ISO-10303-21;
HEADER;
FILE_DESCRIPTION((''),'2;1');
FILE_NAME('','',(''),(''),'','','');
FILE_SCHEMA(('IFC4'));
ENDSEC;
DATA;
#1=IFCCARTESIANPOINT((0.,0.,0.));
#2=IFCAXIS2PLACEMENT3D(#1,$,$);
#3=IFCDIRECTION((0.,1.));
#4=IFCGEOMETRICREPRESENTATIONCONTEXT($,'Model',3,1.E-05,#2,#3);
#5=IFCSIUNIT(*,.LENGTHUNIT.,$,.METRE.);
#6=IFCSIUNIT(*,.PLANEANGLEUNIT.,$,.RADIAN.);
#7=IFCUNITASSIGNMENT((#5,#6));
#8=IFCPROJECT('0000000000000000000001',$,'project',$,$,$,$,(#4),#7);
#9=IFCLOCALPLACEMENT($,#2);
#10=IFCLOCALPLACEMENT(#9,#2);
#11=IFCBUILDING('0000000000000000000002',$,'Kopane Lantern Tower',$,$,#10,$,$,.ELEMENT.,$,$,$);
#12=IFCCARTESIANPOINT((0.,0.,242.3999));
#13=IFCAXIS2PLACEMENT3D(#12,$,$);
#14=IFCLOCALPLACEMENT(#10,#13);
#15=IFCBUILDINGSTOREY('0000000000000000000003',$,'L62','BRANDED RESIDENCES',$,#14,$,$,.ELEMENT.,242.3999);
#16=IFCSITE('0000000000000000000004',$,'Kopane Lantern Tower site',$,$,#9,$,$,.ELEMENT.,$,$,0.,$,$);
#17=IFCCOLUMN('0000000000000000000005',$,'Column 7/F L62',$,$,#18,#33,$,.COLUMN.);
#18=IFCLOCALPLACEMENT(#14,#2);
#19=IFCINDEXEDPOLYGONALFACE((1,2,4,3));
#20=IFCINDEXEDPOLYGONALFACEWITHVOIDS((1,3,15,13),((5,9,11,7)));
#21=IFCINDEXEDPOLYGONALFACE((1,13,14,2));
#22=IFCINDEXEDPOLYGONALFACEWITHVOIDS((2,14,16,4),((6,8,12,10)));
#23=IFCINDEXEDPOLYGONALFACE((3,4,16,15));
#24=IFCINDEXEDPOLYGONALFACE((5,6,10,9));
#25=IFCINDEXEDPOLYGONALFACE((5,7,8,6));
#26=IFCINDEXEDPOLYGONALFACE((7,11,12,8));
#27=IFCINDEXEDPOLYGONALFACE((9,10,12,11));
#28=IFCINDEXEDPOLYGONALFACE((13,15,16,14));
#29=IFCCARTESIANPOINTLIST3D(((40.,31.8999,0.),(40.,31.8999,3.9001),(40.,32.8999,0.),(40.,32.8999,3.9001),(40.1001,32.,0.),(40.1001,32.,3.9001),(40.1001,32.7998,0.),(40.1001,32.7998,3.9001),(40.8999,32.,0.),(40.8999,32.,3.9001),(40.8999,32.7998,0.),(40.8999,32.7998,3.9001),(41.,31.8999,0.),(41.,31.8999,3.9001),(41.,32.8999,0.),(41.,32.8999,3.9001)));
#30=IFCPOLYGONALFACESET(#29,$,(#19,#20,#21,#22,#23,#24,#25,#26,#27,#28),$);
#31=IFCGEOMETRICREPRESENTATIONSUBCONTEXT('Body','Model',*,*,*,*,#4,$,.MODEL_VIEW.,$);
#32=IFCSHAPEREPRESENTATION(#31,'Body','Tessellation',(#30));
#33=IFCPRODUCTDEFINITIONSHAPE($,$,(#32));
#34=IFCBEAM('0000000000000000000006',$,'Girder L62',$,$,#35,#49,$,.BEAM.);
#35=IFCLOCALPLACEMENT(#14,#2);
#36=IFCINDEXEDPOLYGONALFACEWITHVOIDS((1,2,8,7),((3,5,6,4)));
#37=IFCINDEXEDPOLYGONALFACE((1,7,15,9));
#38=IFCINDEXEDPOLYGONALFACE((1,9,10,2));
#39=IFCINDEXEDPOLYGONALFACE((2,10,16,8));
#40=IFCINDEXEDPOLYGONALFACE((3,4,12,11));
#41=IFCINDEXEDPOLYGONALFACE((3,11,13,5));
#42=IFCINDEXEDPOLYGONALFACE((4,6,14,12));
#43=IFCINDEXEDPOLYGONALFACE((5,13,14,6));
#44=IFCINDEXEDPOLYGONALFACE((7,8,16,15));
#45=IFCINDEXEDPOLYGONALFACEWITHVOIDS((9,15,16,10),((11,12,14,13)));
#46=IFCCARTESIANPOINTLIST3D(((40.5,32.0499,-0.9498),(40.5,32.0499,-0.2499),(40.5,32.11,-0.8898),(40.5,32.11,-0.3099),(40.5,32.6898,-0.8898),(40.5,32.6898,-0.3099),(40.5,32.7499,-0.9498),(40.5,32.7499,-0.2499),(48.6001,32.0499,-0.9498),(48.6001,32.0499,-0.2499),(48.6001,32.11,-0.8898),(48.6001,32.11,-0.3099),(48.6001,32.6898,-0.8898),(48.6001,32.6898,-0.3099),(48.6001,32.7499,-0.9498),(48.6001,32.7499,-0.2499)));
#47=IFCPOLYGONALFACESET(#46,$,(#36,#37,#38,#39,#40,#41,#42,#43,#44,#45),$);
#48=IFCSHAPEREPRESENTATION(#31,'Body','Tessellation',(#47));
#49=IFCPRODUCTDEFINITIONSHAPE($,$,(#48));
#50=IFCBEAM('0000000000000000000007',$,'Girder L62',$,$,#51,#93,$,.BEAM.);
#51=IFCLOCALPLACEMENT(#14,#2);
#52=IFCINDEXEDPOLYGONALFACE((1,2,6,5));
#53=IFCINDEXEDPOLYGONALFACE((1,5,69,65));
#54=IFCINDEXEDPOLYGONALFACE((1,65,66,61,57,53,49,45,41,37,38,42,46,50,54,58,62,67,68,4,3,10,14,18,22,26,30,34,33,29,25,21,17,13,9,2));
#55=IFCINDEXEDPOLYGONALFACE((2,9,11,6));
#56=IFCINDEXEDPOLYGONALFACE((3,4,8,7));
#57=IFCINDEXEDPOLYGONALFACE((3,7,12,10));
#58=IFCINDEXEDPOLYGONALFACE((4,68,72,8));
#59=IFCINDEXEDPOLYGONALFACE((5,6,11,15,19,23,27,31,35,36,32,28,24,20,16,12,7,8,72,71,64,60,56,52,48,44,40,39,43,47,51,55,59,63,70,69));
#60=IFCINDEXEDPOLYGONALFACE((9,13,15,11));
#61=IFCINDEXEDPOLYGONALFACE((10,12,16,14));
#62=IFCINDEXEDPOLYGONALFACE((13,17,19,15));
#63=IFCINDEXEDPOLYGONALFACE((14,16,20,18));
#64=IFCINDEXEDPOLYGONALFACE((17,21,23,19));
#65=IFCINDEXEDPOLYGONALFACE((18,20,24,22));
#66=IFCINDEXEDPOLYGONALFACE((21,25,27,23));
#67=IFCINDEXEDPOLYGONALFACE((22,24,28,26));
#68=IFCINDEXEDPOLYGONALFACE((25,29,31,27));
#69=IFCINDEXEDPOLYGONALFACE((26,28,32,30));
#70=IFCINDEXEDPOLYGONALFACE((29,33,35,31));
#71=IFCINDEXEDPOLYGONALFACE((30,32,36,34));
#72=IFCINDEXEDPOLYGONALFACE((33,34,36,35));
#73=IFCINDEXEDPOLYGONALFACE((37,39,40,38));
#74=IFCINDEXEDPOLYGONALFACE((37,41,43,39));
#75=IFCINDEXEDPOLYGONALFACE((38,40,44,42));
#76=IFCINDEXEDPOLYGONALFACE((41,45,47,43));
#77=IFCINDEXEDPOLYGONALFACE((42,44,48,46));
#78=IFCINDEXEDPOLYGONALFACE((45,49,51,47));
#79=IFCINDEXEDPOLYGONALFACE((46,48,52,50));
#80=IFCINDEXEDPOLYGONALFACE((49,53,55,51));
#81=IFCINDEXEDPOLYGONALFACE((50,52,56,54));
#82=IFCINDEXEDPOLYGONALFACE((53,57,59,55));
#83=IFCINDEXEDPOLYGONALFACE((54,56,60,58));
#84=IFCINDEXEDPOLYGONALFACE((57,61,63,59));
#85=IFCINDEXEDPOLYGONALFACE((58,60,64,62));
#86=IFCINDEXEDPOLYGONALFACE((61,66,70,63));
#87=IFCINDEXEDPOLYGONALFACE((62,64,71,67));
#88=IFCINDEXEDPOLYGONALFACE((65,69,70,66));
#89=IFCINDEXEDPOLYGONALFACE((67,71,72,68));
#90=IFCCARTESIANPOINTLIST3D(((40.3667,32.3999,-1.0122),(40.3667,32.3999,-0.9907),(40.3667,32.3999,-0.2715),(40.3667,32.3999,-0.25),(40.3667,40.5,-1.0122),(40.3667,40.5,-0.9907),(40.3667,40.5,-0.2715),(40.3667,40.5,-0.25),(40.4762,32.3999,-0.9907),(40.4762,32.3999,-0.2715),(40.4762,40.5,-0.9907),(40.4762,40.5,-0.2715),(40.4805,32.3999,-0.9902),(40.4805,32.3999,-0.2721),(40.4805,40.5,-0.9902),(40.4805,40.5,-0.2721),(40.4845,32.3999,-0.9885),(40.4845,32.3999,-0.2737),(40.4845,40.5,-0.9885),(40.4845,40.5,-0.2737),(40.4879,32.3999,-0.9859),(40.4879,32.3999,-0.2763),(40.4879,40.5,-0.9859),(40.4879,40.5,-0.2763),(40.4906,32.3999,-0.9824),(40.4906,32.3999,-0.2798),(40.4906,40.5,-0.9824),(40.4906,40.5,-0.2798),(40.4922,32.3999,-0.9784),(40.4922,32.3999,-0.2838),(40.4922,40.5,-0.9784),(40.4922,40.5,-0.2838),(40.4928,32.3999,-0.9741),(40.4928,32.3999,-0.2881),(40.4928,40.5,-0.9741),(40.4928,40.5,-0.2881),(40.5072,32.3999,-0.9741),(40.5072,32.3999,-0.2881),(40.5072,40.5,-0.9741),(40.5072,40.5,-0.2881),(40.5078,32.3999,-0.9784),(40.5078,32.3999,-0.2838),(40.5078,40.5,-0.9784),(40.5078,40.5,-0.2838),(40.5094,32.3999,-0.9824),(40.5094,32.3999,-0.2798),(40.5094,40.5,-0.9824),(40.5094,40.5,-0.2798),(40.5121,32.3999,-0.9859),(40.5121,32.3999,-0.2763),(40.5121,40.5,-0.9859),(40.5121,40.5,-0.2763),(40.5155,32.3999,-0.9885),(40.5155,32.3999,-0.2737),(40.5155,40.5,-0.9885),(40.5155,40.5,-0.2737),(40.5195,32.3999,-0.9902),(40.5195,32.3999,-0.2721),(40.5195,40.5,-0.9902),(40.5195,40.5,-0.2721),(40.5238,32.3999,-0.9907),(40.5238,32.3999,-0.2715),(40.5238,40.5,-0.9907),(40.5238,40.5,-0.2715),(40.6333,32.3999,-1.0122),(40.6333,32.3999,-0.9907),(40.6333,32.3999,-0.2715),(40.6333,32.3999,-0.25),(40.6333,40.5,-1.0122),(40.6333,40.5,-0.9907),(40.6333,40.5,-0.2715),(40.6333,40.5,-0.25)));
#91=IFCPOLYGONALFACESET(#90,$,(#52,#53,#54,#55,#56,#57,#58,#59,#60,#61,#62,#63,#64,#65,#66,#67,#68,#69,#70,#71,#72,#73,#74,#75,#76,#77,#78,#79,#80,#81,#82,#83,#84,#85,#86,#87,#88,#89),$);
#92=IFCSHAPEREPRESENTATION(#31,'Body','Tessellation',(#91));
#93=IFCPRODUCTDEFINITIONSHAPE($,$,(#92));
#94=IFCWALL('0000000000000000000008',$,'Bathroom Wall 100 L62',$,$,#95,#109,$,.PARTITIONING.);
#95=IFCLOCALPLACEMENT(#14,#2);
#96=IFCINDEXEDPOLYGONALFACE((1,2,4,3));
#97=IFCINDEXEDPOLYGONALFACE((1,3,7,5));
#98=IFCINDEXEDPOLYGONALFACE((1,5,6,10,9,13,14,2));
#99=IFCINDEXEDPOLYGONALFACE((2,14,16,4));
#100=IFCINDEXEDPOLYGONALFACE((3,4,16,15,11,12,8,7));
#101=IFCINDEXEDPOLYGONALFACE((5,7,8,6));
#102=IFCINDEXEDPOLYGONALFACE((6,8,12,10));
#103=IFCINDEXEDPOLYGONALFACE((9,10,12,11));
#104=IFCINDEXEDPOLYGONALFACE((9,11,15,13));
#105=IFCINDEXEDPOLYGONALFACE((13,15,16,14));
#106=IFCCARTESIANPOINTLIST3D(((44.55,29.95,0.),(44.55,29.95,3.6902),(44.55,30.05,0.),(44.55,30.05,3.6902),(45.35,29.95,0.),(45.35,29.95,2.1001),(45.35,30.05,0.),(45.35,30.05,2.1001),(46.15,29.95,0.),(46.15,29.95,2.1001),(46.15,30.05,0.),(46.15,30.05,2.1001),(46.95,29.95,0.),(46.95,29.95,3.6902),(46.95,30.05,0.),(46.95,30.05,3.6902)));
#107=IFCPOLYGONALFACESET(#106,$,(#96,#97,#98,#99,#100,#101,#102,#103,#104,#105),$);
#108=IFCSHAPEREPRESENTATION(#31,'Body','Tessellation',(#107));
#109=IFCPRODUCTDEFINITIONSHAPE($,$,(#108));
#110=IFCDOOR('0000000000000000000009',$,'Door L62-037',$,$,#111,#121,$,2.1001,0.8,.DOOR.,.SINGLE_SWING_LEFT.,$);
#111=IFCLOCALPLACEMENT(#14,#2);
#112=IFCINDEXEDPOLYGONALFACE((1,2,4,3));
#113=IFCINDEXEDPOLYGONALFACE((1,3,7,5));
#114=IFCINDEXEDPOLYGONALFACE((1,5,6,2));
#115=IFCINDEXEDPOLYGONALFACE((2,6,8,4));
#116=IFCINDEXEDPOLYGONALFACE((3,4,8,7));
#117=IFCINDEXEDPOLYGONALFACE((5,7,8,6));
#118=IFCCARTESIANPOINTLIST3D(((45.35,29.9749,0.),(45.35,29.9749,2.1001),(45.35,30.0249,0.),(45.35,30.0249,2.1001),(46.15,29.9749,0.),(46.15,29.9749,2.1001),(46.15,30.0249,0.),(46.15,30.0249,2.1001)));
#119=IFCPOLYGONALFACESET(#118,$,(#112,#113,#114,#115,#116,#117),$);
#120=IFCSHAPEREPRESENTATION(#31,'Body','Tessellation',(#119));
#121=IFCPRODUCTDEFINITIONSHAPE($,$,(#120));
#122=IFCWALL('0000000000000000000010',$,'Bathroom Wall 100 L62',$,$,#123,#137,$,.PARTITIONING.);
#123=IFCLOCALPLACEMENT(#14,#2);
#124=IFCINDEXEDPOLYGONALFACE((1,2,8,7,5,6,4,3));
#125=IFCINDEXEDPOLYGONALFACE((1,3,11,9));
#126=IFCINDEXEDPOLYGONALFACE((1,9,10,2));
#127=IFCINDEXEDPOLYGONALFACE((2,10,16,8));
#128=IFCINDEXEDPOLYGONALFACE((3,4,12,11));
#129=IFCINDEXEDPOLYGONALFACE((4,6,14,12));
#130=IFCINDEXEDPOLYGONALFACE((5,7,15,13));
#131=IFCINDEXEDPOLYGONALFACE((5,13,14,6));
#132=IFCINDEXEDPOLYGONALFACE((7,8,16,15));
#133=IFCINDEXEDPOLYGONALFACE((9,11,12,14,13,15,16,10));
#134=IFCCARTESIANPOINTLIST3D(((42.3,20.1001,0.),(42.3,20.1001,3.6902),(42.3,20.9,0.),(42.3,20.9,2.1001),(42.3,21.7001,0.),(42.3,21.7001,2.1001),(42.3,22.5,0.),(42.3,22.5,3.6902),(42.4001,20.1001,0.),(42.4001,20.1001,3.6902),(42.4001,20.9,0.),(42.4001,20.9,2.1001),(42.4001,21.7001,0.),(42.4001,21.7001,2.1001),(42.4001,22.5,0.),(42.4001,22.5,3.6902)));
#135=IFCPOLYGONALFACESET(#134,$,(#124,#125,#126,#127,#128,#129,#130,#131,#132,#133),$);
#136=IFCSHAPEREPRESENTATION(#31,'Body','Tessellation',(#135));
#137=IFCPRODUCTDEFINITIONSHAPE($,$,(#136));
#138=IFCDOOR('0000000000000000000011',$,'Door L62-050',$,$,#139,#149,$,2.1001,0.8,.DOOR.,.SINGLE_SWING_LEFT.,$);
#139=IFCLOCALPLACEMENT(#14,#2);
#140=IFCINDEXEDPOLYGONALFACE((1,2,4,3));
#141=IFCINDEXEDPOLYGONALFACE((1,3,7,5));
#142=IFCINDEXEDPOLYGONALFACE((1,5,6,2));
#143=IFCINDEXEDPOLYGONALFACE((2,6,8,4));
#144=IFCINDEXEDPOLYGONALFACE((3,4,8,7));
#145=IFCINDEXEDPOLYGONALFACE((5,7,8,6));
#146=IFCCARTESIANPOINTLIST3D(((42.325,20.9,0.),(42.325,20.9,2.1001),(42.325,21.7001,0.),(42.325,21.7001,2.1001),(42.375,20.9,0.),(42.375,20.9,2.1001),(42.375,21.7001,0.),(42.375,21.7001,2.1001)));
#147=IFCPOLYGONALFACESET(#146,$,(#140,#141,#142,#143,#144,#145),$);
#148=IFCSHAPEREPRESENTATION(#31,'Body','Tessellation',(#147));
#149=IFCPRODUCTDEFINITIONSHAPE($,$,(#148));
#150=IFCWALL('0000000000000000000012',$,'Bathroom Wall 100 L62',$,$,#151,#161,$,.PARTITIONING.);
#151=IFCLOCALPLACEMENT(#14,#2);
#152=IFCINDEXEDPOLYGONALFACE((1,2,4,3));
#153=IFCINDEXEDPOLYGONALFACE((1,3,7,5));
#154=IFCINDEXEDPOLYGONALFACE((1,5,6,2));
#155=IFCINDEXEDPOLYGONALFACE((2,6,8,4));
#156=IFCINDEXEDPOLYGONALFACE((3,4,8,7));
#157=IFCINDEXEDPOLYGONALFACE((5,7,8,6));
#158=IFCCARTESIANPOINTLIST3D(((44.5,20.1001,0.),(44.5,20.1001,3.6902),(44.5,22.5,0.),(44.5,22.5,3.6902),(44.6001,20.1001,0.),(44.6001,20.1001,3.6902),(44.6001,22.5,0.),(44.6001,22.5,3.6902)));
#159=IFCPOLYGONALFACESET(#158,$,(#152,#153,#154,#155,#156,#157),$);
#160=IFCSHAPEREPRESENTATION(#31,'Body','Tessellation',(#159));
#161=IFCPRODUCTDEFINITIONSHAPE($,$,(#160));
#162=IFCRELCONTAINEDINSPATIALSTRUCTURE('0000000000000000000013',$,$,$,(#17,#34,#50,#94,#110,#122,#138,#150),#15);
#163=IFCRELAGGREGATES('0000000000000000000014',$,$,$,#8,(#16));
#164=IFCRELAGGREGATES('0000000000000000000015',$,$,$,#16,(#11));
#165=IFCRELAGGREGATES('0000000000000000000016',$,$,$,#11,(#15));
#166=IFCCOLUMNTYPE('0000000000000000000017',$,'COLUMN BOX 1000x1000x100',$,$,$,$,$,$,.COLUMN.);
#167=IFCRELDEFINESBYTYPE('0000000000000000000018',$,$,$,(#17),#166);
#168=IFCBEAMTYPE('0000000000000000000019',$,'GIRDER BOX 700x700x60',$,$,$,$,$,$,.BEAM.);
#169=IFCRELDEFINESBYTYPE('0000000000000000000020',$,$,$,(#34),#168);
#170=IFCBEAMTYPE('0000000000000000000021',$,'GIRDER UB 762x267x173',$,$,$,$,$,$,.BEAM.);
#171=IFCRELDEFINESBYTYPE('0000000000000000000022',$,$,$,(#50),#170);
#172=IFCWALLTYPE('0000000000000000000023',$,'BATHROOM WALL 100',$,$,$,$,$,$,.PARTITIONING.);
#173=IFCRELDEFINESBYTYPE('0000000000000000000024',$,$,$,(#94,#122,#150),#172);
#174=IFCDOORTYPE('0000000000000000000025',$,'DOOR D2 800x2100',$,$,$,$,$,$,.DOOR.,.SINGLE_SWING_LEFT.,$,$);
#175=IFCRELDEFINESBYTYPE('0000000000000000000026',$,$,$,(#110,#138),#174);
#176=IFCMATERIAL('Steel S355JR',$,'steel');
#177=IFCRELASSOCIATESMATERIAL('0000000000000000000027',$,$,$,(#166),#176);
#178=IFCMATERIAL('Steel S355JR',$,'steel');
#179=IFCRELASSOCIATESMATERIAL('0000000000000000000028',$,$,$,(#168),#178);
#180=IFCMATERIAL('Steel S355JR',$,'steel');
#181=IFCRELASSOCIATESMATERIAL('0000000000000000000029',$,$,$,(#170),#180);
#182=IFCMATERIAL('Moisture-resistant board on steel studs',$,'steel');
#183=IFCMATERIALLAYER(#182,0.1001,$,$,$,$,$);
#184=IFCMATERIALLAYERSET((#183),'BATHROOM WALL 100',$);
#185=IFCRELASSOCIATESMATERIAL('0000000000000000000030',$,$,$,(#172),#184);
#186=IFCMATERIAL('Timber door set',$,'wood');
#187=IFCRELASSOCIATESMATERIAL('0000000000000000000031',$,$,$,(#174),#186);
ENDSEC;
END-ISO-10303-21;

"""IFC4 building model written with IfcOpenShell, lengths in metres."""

from ifc_helpers import new_model, si_unit, direction, frame, frame_2d, origin, origin_2d, place, context, subcontext, project, spatial, rectangle, hollow_rectangle, i_section, extrude, material, layer, layer_set, material_profile, profile_set, type_object, element, fill, save


model = new_model("IFC4")

# Units and contexts
model_context = context("Model", 3, precision=1e-05, world=origin(), true_north=direction((0.0, 1.0)))
body_context = subcontext(model_context, "Body", "Model", "MODEL_VIEW")
ifc_project = project(units=[si_unit("LENGTHUNIT", "METRE"), si_unit("PLANEANGLEUNIT", "RADIAN")], contexts=[model_context])

# Site, building, storey
site_placement = place(None, origin())
site = spatial("IfcSite", under=ifc_project, at=site_placement, Name="Kopane Lantern Tower site", CompositionType="ELEMENT", RefElevation=0.0)
building_placement = place(site_placement, origin())
building = spatial("IfcBuilding", under=site, at=building_placement, Name="Kopane Lantern Tower", CompositionType="ELEMENT")
storey_placement = place(building_placement, frame((0.0, 0.0, 242.3999)))
storey = spatial("IfcBuildingStorey", under=building, at=storey_placement, Name="L62", Description="BRANDED RESIDENCES", CompositionType="ELEMENT", Elevation=242.3999)

# Column
ifc_material_1 = material(Name="Steel S355JR", Category="steel")
ifc_material_profile_1 = material_profile(ifc_material_1, hollow_rectangle(XDim=1.0, YDim=1.0, WallThickness=0.1001, at=origin_2d()), Name="BOX 1000x1000x100")
ifc_profile_set_1 = profile_set([ifc_material_profile_1], Name="Steel S355JR")
column_type = type_object("IfcColumnType", Name="COLUMN BOX 1000x1000x100", PredefinedType="COLUMN", material=ifc_profile_set_1)
column_placement = place(storey_placement, frame((40.5, 32.3999, 0.0), z_axis=(0.0, 0.0, 1.0), x_axis=(1.0, 0.0, 0.0)))
element("IfcColumn", 1, at=column_placement, inside=storey, type_object=column_type, Name="Column 7/F L62", PredefinedType="COLUMN", context=body_context, shape_type="SweptSolid", body=[
    extrude(hollow_rectangle(XDim=1.0, YDim=1.0, WallThickness=0.1001, at=origin_2d()), origin(), (0.0, 0.0, 1.0), 3.9001),
])

# Beams
ifc_material_2 = material(Name="Steel S355JR", Category="steel")
ifc_material_profile_2 = material_profile(ifc_material_2, hollow_rectangle(XDim=0.7, YDim=0.7, WallThickness=0.0601, at=origin_2d()), Name="BOX 700x700x60")
ifc_profile_set_2 = profile_set([ifc_material_profile_2], Name="Steel S355JR")
beam_type_1 = type_object("IfcBeamType", Name="GIRDER BOX 700x700x60", PredefinedType="BEAM", material=ifc_profile_set_2)
beam_1_placement = place(storey_placement, frame((40.5, 32.3999, -0.5999), z_axis=(1.0, 0.0, 0.0), x_axis=(0.0, 1.0, 0.0)))
element("IfcBeam", 2, at=beam_1_placement, inside=storey, type_object=beam_type_1, Name="Girder L62", PredefinedType="BEAM", context=body_context, shape_type="SweptSolid", body=[
    extrude(hollow_rectangle(XDim=0.7, YDim=0.7, WallThickness=0.0601, at=origin_2d()), origin(), (0.0, 0.0, 1.0), 8.1001),
])
ifc_material_3 = material(Name="Steel S355JR", Category="steel")
ifc_material_profile_3 = material_profile(ifc_material_3, i_section(OverallWidth=0.2666, OverallDepth=0.7622, WebThickness=0.0144, FlangeThickness=0.0215, FilletRadius=0.0166, at=origin_2d()), Name="UB 762x267x173")
ifc_profile_set_3 = profile_set([ifc_material_profile_3], Name="Steel S355JR")
beam_type_2 = type_object("IfcBeamType", Name="GIRDER UB 762x267x173", PredefinedType="BEAM", material=ifc_profile_set_3)
beam_2_placement = place(storey_placement, frame((40.5, 32.3999, -0.6311), z_axis=(0.0, 1.0, 0.0), x_axis=(-1.0, 0.0, 0.0)))
element("IfcBeam", 3, at=beam_2_placement, inside=storey, type_object=beam_type_2, Name="Girder L62", PredefinedType="BEAM", context=body_context, shape_type="SweptSolid", body=[
    extrude(i_section(OverallWidth=0.2666, OverallDepth=0.7622, WebThickness=0.0144, FlangeThickness=0.0215, FilletRadius=0.0166, at=origin_2d()), origin(), (0.0, 0.0, 1.0), 8.1001),
])

# Walls, openings, doors
ifc_material_4 = material(Name="Moisture-resistant board on steel studs", Category="steel")
ifc_layer_1 = layer(ifc_material_4, 0.1001)
ifc_layer_set_1 = layer_set([ifc_layer_1], Name="BATHROOM WALL 100")
wall_type_1 = type_object("IfcWallType", Name="BATHROOM WALL 100", PredefinedType="PARTITIONING", material=ifc_layer_set_1)
wall_1_placement = place(storey_placement, frame((44.55, 30.0, 0.0), z_axis=(0.0, 0.0, 1.0), x_axis=(1.0, 0.0, 0.0)))
wall_1 = element("IfcWall", 4, at=wall_1_placement, inside=storey, type_object=wall_type_1, Name="Bathroom Wall 100 L62", PredefinedType="PARTITIONING", context=body_context, shape_type="SweptSolid", body=[
    extrude(rectangle(XDim=2.3999, YDim=0.1001, at=frame_2d((1.2, 0.0))), origin(), (0.0, 0.0, 1.0), 3.6902),
])
opening_1_placement = place(wall_1_placement, frame((0.8, 0.0, 0.0)))
opening_1 = element("IfcOpeningElement", 5, at=opening_1_placement, cuts=wall_1, PredefinedType="OPENING", context=body_context, shape_type="SweptSolid", body=[
    extrude(rectangle(XDim=0.8, YDim=2.1001, at=frame_2d((0.3999, 1.05))), frame((0.0, 0.0601, 0.0), z_axis=(0.0, -1.0, 0.0), x_axis=(1.0, 0.0, 0.0)), (0.0, 0.0, 1.0), 0.1201),
])
ifc_material_5 = material(Name="Timber door set", Category="wood")
door_type_1 = type_object("IfcDoorType", Name="DOOR D2 800x2100", OperationType="SINGLE_SWING_LEFT", PredefinedType="DOOR", material=ifc_material_5)
door_1_placement = place(opening_1_placement, origin())
door_1 = element("IfcDoor", 6, at=door_1_placement, inside=storey, type_object=door_type_1, Name="Door L62-037", OperationType="SINGLE_SWING_LEFT", OverallHeight=2.1001, OverallWidth=0.8, PredefinedType="DOOR", context=body_context, shape_type="SweptSolid", body=[
    extrude(rectangle(XDim=0.8, YDim=2.1001, at=frame_2d((0.3999, 1.05))), frame((0.0, 0.0249, 0.0), z_axis=(0.0, -1.0, 0.0), x_axis=(1.0, 0.0, 0.0)), (0.0, 0.0, 1.0), 0.05),
])
fill(opening_1, door_1)
wall_2_placement = place(storey_placement, frame((42.3501, 22.5, 0.0), z_axis=(0.0, 0.0, 1.0), x_axis=(0.0, -1.0, 0.0)))
wall_2 = element("IfcWall", 7, at=wall_2_placement, inside=storey, type_object=wall_type_1, Name="Bathroom Wall 100 L62", PredefinedType="PARTITIONING", context=body_context, shape_type="SweptSolid", body=[
    extrude(rectangle(XDim=2.3999, YDim=0.1001, at=frame_2d((1.2, 0.0))), origin(), (0.0, 0.0, 1.0), 3.6902),
])
opening_2_placement = place(wall_2_placement, frame((0.8, 0.0, 0.0)))
opening_2 = element("IfcOpeningElement", 8, at=opening_2_placement, cuts=wall_2, PredefinedType="OPENING", context=body_context, shape_type="SweptSolid", body=[
    extrude(rectangle(XDim=0.8, YDim=2.1001, at=frame_2d((0.3999, 1.05))), frame((0.0, 0.0601, 0.0), z_axis=(0.0, -1.0, 0.0), x_axis=(1.0, 0.0, 0.0)), (0.0, 0.0, 1.0), 0.1201),
])
door_2_placement = place(opening_2_placement, origin())
door_2 = element("IfcDoor", 9, at=door_2_placement, inside=storey, type_object=door_type_1, Name="Door L62-050", OperationType="SINGLE_SWING_LEFT", OverallHeight=2.1001, OverallWidth=0.8, PredefinedType="DOOR", context=body_context, shape_type="SweptSolid", body=[
    extrude(rectangle(XDim=0.8, YDim=2.1001, at=frame_2d((0.3999, 1.05))), frame((0.0, 0.0249, 0.0), z_axis=(0.0, -1.0, 0.0), x_axis=(1.0, 0.0, 0.0)), (0.0, 0.0, 1.0), 0.05),
])
fill(opening_2, door_2)

# Wall
wall_3_placement = place(storey_placement, frame((44.55, 22.5, 0.0), z_axis=(0.0, 0.0, 1.0), x_axis=(0.0, -1.0, 0.0)))
element("IfcWall", 10, at=wall_3_placement, inside=storey, type_object=wall_type_1, Name="Bathroom Wall 100 L62", PredefinedType="PARTITIONING", context=body_context, shape_type="SweptSolid", body=[
    extrude(rectangle(XDim=2.3999, YDim=0.1001, at=frame_2d((1.2, 0.0))), origin(), (0.0, 0.0, 1.0), 3.6902),
])

save(model, "model.ifc")
